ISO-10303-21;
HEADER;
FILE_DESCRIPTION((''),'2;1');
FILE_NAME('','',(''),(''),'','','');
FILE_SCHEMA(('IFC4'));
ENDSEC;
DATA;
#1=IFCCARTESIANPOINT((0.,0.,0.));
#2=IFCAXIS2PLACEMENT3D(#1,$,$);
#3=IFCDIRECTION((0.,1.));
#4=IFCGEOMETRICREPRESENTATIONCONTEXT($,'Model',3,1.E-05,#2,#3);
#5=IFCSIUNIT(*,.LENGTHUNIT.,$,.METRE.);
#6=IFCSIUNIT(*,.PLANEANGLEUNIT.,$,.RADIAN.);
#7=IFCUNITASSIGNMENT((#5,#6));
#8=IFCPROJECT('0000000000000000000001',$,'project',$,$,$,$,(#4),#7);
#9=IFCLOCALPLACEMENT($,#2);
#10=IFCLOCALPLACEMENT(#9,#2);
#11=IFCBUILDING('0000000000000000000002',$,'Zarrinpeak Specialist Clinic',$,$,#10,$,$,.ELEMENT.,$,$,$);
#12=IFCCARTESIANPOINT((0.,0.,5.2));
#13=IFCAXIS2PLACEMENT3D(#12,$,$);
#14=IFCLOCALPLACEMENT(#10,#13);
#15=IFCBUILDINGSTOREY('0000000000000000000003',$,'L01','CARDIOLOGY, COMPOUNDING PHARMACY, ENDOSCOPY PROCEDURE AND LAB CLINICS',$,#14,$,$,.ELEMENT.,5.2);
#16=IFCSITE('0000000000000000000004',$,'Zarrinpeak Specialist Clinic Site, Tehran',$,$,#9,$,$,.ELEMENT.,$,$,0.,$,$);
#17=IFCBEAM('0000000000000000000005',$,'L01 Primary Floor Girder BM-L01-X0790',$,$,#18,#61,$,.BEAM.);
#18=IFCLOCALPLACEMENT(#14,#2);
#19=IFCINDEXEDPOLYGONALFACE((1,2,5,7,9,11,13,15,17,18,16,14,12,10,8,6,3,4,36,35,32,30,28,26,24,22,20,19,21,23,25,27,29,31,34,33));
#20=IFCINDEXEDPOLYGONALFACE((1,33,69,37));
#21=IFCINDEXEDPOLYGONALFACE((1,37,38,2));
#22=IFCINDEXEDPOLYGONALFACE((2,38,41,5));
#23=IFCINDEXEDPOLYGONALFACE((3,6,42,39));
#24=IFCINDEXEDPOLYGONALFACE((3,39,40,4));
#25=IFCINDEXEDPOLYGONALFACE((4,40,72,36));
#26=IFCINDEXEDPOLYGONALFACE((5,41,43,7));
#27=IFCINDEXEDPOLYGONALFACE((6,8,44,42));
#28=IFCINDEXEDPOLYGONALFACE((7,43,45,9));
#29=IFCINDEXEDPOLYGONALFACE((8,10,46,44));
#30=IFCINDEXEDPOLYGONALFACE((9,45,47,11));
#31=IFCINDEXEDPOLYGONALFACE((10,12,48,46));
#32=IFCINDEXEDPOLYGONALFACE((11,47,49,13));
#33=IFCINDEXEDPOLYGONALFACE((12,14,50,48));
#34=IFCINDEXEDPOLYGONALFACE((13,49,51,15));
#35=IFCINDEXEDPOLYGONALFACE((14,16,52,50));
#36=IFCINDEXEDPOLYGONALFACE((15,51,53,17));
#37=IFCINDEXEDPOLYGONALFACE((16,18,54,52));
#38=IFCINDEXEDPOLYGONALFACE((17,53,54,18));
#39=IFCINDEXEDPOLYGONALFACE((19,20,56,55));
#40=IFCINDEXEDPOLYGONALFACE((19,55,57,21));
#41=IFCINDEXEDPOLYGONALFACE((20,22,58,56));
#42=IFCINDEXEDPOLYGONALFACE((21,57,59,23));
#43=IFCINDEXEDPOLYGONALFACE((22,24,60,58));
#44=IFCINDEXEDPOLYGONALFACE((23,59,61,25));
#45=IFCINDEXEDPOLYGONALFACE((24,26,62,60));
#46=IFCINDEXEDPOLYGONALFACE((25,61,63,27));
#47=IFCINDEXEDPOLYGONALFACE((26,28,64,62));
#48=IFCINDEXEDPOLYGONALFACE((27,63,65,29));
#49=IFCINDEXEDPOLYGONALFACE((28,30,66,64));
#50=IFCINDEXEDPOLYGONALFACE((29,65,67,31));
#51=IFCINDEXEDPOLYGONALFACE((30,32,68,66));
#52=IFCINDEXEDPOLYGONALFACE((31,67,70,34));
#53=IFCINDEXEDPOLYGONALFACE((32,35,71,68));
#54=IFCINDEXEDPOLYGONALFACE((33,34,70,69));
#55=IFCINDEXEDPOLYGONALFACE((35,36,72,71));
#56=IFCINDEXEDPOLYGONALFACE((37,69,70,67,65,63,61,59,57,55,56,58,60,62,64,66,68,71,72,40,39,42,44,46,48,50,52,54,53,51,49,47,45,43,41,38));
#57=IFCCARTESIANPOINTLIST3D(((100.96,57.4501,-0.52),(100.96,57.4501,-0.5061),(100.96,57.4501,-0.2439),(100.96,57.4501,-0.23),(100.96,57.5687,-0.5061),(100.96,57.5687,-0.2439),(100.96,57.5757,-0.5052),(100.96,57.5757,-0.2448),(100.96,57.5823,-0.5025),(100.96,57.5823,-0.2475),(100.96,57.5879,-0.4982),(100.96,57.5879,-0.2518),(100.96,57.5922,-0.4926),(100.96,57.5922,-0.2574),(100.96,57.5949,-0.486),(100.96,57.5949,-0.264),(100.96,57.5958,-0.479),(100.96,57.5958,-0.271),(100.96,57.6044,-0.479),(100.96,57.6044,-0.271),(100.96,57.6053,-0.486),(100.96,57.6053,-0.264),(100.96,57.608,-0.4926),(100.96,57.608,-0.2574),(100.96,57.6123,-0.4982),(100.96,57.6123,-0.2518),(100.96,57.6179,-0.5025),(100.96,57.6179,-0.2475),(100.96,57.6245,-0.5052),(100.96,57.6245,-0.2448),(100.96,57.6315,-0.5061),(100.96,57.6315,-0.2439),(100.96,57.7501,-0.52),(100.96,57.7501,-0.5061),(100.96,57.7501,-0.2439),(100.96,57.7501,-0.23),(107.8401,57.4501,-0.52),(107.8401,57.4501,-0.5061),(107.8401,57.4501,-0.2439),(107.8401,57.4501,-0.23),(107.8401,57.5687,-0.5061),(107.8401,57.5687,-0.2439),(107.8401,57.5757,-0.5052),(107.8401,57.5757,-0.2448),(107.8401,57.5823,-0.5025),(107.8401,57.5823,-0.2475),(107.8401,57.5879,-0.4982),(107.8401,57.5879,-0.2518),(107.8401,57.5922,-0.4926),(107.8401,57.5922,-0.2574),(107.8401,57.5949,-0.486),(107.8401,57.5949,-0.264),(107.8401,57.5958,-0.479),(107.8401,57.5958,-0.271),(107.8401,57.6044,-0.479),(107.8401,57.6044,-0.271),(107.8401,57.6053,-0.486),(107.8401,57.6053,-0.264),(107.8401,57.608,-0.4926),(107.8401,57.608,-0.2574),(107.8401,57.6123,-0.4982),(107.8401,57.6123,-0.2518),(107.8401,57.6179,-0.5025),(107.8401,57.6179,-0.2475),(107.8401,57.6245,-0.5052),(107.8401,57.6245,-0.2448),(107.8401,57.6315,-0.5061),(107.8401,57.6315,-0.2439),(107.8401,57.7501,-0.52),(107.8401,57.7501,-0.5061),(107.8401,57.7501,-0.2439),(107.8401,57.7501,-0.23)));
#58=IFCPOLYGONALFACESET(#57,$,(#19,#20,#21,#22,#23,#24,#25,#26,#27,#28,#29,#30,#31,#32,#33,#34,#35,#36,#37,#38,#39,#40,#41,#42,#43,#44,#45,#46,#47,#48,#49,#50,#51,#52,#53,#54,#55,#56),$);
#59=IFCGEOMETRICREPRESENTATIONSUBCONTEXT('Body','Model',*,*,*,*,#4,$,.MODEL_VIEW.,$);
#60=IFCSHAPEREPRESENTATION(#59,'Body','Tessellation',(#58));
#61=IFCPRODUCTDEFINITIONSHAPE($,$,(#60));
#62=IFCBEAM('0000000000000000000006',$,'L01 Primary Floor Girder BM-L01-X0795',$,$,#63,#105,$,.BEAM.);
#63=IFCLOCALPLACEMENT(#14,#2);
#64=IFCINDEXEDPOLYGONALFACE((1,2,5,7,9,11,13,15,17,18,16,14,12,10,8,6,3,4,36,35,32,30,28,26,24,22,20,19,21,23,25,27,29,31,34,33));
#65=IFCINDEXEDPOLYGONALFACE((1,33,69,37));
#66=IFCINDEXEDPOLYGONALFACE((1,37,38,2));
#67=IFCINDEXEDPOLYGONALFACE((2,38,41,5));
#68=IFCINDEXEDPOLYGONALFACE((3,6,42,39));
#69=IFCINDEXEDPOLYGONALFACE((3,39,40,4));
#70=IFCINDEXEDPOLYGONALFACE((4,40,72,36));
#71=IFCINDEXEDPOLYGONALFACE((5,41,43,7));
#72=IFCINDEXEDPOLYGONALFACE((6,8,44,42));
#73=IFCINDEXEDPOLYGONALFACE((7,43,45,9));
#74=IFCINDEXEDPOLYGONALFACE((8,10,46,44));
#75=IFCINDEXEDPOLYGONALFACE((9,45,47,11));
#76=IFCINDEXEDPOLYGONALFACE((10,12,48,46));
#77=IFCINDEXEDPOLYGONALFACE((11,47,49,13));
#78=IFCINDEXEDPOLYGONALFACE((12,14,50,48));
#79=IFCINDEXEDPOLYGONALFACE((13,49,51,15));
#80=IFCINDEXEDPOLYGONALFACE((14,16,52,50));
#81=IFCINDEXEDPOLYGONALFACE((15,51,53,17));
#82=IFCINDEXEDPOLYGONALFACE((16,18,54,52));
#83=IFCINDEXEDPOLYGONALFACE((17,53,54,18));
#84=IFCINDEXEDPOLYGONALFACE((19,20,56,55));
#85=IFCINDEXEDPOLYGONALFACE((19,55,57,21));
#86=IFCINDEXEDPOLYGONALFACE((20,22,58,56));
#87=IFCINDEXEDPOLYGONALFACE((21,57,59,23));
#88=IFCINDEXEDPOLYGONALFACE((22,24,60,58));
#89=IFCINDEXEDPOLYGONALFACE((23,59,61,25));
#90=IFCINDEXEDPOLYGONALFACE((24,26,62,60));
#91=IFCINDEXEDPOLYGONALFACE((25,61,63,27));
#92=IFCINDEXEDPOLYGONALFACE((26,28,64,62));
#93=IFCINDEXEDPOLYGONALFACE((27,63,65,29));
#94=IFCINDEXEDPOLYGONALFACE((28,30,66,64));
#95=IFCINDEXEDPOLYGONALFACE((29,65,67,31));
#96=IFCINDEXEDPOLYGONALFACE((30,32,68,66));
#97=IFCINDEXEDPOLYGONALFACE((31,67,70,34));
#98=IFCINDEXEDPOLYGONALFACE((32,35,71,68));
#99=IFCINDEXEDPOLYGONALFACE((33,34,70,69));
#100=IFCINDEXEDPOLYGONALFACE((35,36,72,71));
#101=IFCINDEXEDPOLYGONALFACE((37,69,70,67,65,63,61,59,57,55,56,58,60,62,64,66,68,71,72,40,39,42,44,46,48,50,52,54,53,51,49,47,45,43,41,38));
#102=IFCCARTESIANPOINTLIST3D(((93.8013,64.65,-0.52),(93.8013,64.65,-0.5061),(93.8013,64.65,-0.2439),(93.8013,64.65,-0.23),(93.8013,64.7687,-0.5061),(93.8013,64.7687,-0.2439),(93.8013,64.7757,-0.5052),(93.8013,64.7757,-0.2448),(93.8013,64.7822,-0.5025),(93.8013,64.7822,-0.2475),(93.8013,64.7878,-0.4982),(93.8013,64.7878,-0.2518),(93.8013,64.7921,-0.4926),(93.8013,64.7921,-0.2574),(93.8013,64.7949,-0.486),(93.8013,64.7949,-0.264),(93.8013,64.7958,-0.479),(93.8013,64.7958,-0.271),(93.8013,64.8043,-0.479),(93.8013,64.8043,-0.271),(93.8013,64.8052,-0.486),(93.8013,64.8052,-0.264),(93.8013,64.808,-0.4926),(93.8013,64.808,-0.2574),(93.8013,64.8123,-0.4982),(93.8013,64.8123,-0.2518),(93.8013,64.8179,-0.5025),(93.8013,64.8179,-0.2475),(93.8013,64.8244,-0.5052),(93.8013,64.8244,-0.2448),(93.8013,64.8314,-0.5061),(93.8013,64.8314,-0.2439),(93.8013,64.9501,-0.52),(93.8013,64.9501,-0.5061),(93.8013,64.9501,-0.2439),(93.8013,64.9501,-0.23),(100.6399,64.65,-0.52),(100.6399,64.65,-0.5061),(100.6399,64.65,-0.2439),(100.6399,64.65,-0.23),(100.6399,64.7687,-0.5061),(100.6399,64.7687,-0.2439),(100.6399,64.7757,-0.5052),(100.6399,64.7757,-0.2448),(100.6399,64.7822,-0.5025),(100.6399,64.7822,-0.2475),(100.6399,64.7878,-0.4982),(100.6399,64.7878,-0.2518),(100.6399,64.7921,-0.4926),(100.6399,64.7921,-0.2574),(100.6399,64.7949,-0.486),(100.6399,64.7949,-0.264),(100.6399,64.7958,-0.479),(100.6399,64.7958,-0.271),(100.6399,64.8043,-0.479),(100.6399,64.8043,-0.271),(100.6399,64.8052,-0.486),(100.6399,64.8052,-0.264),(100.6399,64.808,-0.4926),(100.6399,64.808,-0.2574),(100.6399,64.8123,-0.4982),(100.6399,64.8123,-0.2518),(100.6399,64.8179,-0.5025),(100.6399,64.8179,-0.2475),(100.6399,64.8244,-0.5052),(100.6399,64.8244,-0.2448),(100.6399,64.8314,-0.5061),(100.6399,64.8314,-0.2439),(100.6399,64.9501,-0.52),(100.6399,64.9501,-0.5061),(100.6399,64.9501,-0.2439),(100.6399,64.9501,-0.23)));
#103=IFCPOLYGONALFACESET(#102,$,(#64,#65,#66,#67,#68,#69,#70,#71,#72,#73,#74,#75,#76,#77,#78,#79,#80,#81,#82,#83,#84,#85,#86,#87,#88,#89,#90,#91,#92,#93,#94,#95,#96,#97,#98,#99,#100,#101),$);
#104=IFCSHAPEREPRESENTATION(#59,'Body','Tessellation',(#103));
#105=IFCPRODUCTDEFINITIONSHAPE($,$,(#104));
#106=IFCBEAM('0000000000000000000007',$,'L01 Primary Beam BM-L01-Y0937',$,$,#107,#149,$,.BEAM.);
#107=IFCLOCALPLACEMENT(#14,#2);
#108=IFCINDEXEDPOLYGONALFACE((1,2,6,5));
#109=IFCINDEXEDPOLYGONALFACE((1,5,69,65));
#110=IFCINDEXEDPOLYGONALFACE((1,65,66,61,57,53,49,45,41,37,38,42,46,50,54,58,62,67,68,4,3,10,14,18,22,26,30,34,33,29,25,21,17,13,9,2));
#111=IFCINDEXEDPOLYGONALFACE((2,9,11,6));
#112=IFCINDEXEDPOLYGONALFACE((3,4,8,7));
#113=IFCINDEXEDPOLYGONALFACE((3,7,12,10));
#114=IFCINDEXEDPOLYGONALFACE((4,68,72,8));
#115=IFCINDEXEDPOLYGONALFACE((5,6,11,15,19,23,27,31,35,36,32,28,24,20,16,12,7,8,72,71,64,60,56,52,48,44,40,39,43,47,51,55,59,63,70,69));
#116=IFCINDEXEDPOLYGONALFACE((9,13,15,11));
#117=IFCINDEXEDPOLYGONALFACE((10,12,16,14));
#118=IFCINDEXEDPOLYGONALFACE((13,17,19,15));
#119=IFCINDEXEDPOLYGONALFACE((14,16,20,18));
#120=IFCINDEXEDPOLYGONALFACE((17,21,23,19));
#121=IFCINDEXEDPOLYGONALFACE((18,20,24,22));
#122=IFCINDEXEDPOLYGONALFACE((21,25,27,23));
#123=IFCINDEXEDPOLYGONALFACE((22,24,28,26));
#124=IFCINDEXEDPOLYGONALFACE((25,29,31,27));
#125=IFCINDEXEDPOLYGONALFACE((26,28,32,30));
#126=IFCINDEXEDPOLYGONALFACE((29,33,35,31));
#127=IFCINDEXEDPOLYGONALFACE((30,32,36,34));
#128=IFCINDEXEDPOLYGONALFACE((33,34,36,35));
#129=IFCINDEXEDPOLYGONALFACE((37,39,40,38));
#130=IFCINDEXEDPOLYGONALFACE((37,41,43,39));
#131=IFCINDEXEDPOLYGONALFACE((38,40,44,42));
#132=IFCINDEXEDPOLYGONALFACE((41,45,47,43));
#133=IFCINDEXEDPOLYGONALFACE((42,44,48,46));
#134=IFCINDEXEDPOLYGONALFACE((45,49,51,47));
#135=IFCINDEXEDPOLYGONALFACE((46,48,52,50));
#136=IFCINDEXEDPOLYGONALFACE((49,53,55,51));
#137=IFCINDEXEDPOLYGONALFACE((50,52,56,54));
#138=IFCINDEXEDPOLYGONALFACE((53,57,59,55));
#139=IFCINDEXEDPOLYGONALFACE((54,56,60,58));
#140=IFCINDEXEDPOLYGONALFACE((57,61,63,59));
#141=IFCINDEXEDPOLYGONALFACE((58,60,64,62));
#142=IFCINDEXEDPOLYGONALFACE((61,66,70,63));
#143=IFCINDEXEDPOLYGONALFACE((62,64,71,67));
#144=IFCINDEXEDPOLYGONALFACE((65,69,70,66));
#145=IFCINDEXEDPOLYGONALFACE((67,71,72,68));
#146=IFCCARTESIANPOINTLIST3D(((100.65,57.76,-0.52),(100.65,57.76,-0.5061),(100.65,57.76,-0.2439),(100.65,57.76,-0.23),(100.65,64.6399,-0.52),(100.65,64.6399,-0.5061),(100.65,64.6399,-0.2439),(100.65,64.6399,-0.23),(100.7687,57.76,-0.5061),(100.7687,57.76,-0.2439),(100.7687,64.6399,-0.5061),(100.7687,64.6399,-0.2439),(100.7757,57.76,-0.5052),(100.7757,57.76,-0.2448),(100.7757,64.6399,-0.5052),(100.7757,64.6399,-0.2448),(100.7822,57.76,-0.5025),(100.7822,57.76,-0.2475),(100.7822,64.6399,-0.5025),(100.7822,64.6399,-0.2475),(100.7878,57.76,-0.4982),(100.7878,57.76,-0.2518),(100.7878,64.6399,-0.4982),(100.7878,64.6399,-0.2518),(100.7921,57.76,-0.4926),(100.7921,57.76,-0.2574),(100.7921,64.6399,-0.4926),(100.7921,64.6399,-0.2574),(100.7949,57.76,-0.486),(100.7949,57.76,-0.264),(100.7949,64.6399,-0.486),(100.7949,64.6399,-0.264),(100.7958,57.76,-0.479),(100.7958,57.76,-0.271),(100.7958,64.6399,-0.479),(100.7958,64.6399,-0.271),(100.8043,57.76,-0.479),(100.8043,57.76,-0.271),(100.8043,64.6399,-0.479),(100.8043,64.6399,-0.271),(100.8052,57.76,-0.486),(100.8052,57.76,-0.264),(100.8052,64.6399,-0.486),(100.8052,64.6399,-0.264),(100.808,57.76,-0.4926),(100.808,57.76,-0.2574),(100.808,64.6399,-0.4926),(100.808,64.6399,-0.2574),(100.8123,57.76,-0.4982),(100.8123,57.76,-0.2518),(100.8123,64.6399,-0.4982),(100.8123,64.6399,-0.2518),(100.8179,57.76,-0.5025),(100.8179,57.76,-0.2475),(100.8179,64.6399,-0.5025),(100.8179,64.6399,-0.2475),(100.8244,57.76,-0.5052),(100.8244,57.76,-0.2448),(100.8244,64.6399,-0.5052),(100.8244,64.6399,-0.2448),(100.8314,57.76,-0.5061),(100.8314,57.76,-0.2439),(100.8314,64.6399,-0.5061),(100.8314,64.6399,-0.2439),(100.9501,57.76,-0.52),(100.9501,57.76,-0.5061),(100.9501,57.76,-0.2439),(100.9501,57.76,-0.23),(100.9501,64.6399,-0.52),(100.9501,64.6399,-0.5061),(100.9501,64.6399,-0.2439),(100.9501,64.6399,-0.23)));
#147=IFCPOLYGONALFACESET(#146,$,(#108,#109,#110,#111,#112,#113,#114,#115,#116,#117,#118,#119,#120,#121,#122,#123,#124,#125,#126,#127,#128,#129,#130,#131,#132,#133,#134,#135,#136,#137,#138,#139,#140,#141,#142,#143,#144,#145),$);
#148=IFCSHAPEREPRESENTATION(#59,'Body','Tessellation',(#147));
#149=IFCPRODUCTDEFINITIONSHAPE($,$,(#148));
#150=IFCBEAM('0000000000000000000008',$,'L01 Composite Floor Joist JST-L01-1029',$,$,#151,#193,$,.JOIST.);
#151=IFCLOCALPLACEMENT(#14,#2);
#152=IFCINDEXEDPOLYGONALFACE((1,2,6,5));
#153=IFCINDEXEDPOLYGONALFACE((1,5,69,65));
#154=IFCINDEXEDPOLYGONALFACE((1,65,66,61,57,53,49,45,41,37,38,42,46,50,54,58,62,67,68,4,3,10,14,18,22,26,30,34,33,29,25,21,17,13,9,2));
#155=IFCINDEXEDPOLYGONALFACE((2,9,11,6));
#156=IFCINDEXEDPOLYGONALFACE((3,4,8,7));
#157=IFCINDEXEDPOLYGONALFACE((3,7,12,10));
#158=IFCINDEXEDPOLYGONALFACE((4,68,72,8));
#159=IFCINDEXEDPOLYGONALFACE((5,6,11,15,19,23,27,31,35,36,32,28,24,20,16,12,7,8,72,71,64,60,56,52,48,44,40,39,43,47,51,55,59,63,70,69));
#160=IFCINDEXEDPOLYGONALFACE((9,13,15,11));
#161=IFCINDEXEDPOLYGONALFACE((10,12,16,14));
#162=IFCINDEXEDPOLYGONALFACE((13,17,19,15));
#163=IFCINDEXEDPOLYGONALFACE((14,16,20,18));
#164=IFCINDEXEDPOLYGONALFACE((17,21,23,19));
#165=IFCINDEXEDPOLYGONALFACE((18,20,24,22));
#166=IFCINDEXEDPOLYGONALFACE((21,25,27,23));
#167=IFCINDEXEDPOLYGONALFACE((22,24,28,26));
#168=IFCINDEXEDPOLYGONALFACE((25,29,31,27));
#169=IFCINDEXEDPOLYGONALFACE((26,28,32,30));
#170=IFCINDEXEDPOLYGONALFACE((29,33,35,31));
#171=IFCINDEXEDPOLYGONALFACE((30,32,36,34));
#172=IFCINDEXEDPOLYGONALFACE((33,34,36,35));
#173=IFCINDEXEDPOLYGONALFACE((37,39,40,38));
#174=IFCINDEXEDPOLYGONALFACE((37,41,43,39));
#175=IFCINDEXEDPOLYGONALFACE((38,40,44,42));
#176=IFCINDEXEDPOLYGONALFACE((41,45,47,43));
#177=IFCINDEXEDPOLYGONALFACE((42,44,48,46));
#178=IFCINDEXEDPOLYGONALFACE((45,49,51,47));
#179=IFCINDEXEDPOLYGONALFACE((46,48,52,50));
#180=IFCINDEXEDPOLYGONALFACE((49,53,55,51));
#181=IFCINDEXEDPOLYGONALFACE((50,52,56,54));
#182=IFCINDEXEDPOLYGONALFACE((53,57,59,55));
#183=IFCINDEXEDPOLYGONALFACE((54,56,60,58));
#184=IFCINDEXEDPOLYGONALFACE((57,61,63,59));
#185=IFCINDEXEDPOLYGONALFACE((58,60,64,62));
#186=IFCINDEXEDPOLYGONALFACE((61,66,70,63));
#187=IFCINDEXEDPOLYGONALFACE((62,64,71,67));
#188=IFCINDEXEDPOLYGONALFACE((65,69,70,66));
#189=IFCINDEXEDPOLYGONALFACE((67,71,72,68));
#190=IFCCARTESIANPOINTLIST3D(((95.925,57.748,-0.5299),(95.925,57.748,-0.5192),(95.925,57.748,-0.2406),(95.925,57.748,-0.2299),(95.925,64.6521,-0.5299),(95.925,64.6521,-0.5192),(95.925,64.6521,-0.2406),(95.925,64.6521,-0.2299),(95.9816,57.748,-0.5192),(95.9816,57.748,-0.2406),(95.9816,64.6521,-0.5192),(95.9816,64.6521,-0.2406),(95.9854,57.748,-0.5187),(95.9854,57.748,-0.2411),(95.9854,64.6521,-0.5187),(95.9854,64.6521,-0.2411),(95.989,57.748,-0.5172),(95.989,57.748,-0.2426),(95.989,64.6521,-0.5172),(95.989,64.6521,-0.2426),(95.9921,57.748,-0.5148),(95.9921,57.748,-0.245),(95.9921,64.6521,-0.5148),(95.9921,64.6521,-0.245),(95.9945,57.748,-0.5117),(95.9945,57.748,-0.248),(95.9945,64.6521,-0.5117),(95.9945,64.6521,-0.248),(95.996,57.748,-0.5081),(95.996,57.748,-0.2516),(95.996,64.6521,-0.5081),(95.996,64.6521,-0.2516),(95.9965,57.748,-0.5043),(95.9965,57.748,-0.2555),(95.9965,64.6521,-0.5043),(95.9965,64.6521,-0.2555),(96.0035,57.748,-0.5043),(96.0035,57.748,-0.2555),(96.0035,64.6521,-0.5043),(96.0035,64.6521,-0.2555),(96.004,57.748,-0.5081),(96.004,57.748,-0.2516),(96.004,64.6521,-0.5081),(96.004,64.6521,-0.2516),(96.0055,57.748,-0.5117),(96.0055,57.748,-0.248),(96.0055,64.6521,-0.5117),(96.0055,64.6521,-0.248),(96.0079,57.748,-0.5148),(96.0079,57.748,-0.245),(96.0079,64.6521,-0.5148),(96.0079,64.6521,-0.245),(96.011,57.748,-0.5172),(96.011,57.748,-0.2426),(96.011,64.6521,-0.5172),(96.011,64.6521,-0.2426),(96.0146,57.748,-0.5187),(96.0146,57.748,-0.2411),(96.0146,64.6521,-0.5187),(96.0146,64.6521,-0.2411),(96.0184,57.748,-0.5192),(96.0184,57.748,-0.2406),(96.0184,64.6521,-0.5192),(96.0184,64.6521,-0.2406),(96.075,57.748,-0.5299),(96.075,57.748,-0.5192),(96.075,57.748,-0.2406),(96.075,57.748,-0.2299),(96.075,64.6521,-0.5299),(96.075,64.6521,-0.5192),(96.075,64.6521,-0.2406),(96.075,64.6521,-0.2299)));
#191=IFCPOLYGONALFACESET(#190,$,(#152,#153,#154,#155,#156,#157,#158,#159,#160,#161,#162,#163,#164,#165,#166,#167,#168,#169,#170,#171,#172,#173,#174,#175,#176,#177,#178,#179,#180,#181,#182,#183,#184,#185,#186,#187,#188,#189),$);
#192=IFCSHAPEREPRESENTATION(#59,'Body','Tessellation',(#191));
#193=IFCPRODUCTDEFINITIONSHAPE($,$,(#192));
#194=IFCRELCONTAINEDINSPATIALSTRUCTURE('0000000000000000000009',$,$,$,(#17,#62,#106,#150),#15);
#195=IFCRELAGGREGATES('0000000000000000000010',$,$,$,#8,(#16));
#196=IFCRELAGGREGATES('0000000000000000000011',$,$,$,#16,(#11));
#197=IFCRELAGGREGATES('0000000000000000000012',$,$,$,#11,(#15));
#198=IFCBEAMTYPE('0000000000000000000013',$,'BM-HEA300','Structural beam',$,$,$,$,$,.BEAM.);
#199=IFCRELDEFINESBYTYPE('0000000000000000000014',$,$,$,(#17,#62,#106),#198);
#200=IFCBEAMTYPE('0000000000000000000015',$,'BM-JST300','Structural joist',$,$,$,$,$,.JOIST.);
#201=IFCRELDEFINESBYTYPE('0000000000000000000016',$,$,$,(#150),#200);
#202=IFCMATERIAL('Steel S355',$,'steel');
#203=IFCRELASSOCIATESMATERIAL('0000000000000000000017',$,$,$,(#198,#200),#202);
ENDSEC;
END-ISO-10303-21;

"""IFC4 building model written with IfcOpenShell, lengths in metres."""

from ifc_helpers import new_model, si_unit, direction, frame, origin, origin_2d, place, context, subcontext, project, spatial, i_section, extrude, material, material_profile, profile_set, type_object, element, save


model = new_model("IFC4")

# Units and contexts
model_context = context("Model", 3, precision=1e-05, world=origin(), true_north=direction((0.0, 1.0)))
body_context = subcontext(model_context, "Body", "Model", "MODEL_VIEW")
ifc_project = project(units=[si_unit("LENGTHUNIT", "METRE"), si_unit("PLANEANGLEUNIT", "RADIAN")], contexts=[model_context])

# Site, building, storey
site_placement = place(None, origin())
site = spatial("IfcSite", under=ifc_project, at=site_placement, Name="Zarrinpeak Specialist Clinic Site, Tehran", CompositionType="ELEMENT", RefElevation=0.0)
building_placement = place(site_placement, origin())
building = spatial("IfcBuilding", under=site, at=building_placement, Name="Zarrinpeak Specialist Clinic", CompositionType="ELEMENT")
storey_placement = place(building_placement, frame((0.0, 0.0, 5.2)))
storey = spatial("IfcBuildingStorey", under=building, at=storey_placement, Name="L01", Description="CARDIOLOGY, COMPOUNDING PHARMACY, ENDOSCOPY PROCEDURE AND LAB CLINICS", CompositionType="ELEMENT", Elevation=5.2)

# Shared definitions
ifc_material_1 = material(Name="Steel S355", Category="steel")

# Beams
ifc_material_profile_1 = material_profile(ifc_material_1, i_section(OverallWidth=0.3, OverallDepth=0.29, WebThickness=0.0085, FlangeThickness=0.0139, FilletRadius=0.0271, at=origin_2d()), Name="HEA 300")
ifc_profile_set_1 = profile_set([ifc_material_profile_1], Name="Steel S355")
beam_type_1 = type_object("IfcBeamType", Name="BM-HEA300", Description="Structural beam", PredefinedType="BEAM", material=ifc_profile_set_1)
beam_1_placement = place(storey_placement, frame((100.96, 57.6001, -0.375), z_axis=(1.0, 0.0, 0.0), x_axis=(0.0, 1.0, 0.0)))
element("IfcBeam", 1, at=beam_1_placement, inside=storey, type_object=beam_type_1, Name="L01 Primary Floor Girder BM-L01-X0790", PredefinedType="BEAM", context=body_context, shape_type="SweptSolid", body=[
    extrude(i_section(OverallWidth=0.3, OverallDepth=0.29, WebThickness=0.0085, FlangeThickness=0.0139, FilletRadius=0.0271, at=origin_2d()), origin(), (0.0, 0.0, 1.0), 6.8801),
])
beam_2_placement = place(storey_placement, frame((93.8013, 64.8, -0.375), z_axis=(1.0, 0.0, 0.0), x_axis=(0.0, 1.0, 0.0)))
element("IfcBeam", 2, at=beam_2_placement, inside=storey, type_object=beam_type_1, Name="L01 Primary Floor Girder BM-L01-X0795", PredefinedType="BEAM", context=body_context, shape_type="SweptSolid", body=[
    extrude(i_section(OverallWidth=0.3, OverallDepth=0.29, WebThickness=0.0085, FlangeThickness=0.0139, FilletRadius=0.0271, at=origin_2d()), origin(), (0.0, 0.0, 1.0), 6.8386),
])
beam_3_placement = place(storey_placement, frame((100.8, 57.76, -0.375), z_axis=(0.0, 1.0, 0.0), x_axis=(-1.0, 0.0, 0.0)))
element("IfcBeam", 3, at=beam_3_placement, inside=storey, type_object=beam_type_1, Name="L01 Primary Beam BM-L01-Y0937", PredefinedType="BEAM", context=body_context, shape_type="SweptSolid", body=[
    extrude(i_section(OverallWidth=0.3, OverallDepth=0.29, WebThickness=0.0085, FlangeThickness=0.0139, FilletRadius=0.0271, at=origin_2d()), origin(), (0.0, 0.0, 1.0), 6.8799),
])
ifc_material_profile_2 = material_profile(ifc_material_1, i_section(OverallWidth=0.1499, OverallDepth=0.3, WebThickness=0.0071, FlangeThickness=0.0107, FilletRadius=0.0149, at=origin_2d()), Name="IPE 300")
ifc_profile_set_2 = profile_set([ifc_material_profile_2], Name="Steel S355")
beam_type_2 = type_object("IfcBeamType", Name="BM-JST300", Description="Structural joist", PredefinedType="JOIST", material=ifc_profile_set_2)
for number, where, z_axis, x_axis, name in (
    (4, (96.0, 57.748, -0.3799), (0.0, 1.0, 0.0), (-1.0, 0.0, 0.0), "L01 Composite Floor Joist JST-L01-1029"),
):
    element("IfcBeam", number, at=place(storey_placement, frame(where, z_axis=z_axis, x_axis=x_axis)), inside=storey, type_object=beam_type_2, Name=name, PredefinedType="JOIST", context=body_context, shape_type="SweptSolid", body=[
        extrude(i_section(OverallWidth=0.1499, OverallDepth=0.3, WebThickness=0.0071, FlangeThickness=0.0107, FilletRadius=0.0149, at=origin_2d()), origin(), (0.0, 0.0, 1.0), 6.9041),
    ])

save(model, "model.ifc")
